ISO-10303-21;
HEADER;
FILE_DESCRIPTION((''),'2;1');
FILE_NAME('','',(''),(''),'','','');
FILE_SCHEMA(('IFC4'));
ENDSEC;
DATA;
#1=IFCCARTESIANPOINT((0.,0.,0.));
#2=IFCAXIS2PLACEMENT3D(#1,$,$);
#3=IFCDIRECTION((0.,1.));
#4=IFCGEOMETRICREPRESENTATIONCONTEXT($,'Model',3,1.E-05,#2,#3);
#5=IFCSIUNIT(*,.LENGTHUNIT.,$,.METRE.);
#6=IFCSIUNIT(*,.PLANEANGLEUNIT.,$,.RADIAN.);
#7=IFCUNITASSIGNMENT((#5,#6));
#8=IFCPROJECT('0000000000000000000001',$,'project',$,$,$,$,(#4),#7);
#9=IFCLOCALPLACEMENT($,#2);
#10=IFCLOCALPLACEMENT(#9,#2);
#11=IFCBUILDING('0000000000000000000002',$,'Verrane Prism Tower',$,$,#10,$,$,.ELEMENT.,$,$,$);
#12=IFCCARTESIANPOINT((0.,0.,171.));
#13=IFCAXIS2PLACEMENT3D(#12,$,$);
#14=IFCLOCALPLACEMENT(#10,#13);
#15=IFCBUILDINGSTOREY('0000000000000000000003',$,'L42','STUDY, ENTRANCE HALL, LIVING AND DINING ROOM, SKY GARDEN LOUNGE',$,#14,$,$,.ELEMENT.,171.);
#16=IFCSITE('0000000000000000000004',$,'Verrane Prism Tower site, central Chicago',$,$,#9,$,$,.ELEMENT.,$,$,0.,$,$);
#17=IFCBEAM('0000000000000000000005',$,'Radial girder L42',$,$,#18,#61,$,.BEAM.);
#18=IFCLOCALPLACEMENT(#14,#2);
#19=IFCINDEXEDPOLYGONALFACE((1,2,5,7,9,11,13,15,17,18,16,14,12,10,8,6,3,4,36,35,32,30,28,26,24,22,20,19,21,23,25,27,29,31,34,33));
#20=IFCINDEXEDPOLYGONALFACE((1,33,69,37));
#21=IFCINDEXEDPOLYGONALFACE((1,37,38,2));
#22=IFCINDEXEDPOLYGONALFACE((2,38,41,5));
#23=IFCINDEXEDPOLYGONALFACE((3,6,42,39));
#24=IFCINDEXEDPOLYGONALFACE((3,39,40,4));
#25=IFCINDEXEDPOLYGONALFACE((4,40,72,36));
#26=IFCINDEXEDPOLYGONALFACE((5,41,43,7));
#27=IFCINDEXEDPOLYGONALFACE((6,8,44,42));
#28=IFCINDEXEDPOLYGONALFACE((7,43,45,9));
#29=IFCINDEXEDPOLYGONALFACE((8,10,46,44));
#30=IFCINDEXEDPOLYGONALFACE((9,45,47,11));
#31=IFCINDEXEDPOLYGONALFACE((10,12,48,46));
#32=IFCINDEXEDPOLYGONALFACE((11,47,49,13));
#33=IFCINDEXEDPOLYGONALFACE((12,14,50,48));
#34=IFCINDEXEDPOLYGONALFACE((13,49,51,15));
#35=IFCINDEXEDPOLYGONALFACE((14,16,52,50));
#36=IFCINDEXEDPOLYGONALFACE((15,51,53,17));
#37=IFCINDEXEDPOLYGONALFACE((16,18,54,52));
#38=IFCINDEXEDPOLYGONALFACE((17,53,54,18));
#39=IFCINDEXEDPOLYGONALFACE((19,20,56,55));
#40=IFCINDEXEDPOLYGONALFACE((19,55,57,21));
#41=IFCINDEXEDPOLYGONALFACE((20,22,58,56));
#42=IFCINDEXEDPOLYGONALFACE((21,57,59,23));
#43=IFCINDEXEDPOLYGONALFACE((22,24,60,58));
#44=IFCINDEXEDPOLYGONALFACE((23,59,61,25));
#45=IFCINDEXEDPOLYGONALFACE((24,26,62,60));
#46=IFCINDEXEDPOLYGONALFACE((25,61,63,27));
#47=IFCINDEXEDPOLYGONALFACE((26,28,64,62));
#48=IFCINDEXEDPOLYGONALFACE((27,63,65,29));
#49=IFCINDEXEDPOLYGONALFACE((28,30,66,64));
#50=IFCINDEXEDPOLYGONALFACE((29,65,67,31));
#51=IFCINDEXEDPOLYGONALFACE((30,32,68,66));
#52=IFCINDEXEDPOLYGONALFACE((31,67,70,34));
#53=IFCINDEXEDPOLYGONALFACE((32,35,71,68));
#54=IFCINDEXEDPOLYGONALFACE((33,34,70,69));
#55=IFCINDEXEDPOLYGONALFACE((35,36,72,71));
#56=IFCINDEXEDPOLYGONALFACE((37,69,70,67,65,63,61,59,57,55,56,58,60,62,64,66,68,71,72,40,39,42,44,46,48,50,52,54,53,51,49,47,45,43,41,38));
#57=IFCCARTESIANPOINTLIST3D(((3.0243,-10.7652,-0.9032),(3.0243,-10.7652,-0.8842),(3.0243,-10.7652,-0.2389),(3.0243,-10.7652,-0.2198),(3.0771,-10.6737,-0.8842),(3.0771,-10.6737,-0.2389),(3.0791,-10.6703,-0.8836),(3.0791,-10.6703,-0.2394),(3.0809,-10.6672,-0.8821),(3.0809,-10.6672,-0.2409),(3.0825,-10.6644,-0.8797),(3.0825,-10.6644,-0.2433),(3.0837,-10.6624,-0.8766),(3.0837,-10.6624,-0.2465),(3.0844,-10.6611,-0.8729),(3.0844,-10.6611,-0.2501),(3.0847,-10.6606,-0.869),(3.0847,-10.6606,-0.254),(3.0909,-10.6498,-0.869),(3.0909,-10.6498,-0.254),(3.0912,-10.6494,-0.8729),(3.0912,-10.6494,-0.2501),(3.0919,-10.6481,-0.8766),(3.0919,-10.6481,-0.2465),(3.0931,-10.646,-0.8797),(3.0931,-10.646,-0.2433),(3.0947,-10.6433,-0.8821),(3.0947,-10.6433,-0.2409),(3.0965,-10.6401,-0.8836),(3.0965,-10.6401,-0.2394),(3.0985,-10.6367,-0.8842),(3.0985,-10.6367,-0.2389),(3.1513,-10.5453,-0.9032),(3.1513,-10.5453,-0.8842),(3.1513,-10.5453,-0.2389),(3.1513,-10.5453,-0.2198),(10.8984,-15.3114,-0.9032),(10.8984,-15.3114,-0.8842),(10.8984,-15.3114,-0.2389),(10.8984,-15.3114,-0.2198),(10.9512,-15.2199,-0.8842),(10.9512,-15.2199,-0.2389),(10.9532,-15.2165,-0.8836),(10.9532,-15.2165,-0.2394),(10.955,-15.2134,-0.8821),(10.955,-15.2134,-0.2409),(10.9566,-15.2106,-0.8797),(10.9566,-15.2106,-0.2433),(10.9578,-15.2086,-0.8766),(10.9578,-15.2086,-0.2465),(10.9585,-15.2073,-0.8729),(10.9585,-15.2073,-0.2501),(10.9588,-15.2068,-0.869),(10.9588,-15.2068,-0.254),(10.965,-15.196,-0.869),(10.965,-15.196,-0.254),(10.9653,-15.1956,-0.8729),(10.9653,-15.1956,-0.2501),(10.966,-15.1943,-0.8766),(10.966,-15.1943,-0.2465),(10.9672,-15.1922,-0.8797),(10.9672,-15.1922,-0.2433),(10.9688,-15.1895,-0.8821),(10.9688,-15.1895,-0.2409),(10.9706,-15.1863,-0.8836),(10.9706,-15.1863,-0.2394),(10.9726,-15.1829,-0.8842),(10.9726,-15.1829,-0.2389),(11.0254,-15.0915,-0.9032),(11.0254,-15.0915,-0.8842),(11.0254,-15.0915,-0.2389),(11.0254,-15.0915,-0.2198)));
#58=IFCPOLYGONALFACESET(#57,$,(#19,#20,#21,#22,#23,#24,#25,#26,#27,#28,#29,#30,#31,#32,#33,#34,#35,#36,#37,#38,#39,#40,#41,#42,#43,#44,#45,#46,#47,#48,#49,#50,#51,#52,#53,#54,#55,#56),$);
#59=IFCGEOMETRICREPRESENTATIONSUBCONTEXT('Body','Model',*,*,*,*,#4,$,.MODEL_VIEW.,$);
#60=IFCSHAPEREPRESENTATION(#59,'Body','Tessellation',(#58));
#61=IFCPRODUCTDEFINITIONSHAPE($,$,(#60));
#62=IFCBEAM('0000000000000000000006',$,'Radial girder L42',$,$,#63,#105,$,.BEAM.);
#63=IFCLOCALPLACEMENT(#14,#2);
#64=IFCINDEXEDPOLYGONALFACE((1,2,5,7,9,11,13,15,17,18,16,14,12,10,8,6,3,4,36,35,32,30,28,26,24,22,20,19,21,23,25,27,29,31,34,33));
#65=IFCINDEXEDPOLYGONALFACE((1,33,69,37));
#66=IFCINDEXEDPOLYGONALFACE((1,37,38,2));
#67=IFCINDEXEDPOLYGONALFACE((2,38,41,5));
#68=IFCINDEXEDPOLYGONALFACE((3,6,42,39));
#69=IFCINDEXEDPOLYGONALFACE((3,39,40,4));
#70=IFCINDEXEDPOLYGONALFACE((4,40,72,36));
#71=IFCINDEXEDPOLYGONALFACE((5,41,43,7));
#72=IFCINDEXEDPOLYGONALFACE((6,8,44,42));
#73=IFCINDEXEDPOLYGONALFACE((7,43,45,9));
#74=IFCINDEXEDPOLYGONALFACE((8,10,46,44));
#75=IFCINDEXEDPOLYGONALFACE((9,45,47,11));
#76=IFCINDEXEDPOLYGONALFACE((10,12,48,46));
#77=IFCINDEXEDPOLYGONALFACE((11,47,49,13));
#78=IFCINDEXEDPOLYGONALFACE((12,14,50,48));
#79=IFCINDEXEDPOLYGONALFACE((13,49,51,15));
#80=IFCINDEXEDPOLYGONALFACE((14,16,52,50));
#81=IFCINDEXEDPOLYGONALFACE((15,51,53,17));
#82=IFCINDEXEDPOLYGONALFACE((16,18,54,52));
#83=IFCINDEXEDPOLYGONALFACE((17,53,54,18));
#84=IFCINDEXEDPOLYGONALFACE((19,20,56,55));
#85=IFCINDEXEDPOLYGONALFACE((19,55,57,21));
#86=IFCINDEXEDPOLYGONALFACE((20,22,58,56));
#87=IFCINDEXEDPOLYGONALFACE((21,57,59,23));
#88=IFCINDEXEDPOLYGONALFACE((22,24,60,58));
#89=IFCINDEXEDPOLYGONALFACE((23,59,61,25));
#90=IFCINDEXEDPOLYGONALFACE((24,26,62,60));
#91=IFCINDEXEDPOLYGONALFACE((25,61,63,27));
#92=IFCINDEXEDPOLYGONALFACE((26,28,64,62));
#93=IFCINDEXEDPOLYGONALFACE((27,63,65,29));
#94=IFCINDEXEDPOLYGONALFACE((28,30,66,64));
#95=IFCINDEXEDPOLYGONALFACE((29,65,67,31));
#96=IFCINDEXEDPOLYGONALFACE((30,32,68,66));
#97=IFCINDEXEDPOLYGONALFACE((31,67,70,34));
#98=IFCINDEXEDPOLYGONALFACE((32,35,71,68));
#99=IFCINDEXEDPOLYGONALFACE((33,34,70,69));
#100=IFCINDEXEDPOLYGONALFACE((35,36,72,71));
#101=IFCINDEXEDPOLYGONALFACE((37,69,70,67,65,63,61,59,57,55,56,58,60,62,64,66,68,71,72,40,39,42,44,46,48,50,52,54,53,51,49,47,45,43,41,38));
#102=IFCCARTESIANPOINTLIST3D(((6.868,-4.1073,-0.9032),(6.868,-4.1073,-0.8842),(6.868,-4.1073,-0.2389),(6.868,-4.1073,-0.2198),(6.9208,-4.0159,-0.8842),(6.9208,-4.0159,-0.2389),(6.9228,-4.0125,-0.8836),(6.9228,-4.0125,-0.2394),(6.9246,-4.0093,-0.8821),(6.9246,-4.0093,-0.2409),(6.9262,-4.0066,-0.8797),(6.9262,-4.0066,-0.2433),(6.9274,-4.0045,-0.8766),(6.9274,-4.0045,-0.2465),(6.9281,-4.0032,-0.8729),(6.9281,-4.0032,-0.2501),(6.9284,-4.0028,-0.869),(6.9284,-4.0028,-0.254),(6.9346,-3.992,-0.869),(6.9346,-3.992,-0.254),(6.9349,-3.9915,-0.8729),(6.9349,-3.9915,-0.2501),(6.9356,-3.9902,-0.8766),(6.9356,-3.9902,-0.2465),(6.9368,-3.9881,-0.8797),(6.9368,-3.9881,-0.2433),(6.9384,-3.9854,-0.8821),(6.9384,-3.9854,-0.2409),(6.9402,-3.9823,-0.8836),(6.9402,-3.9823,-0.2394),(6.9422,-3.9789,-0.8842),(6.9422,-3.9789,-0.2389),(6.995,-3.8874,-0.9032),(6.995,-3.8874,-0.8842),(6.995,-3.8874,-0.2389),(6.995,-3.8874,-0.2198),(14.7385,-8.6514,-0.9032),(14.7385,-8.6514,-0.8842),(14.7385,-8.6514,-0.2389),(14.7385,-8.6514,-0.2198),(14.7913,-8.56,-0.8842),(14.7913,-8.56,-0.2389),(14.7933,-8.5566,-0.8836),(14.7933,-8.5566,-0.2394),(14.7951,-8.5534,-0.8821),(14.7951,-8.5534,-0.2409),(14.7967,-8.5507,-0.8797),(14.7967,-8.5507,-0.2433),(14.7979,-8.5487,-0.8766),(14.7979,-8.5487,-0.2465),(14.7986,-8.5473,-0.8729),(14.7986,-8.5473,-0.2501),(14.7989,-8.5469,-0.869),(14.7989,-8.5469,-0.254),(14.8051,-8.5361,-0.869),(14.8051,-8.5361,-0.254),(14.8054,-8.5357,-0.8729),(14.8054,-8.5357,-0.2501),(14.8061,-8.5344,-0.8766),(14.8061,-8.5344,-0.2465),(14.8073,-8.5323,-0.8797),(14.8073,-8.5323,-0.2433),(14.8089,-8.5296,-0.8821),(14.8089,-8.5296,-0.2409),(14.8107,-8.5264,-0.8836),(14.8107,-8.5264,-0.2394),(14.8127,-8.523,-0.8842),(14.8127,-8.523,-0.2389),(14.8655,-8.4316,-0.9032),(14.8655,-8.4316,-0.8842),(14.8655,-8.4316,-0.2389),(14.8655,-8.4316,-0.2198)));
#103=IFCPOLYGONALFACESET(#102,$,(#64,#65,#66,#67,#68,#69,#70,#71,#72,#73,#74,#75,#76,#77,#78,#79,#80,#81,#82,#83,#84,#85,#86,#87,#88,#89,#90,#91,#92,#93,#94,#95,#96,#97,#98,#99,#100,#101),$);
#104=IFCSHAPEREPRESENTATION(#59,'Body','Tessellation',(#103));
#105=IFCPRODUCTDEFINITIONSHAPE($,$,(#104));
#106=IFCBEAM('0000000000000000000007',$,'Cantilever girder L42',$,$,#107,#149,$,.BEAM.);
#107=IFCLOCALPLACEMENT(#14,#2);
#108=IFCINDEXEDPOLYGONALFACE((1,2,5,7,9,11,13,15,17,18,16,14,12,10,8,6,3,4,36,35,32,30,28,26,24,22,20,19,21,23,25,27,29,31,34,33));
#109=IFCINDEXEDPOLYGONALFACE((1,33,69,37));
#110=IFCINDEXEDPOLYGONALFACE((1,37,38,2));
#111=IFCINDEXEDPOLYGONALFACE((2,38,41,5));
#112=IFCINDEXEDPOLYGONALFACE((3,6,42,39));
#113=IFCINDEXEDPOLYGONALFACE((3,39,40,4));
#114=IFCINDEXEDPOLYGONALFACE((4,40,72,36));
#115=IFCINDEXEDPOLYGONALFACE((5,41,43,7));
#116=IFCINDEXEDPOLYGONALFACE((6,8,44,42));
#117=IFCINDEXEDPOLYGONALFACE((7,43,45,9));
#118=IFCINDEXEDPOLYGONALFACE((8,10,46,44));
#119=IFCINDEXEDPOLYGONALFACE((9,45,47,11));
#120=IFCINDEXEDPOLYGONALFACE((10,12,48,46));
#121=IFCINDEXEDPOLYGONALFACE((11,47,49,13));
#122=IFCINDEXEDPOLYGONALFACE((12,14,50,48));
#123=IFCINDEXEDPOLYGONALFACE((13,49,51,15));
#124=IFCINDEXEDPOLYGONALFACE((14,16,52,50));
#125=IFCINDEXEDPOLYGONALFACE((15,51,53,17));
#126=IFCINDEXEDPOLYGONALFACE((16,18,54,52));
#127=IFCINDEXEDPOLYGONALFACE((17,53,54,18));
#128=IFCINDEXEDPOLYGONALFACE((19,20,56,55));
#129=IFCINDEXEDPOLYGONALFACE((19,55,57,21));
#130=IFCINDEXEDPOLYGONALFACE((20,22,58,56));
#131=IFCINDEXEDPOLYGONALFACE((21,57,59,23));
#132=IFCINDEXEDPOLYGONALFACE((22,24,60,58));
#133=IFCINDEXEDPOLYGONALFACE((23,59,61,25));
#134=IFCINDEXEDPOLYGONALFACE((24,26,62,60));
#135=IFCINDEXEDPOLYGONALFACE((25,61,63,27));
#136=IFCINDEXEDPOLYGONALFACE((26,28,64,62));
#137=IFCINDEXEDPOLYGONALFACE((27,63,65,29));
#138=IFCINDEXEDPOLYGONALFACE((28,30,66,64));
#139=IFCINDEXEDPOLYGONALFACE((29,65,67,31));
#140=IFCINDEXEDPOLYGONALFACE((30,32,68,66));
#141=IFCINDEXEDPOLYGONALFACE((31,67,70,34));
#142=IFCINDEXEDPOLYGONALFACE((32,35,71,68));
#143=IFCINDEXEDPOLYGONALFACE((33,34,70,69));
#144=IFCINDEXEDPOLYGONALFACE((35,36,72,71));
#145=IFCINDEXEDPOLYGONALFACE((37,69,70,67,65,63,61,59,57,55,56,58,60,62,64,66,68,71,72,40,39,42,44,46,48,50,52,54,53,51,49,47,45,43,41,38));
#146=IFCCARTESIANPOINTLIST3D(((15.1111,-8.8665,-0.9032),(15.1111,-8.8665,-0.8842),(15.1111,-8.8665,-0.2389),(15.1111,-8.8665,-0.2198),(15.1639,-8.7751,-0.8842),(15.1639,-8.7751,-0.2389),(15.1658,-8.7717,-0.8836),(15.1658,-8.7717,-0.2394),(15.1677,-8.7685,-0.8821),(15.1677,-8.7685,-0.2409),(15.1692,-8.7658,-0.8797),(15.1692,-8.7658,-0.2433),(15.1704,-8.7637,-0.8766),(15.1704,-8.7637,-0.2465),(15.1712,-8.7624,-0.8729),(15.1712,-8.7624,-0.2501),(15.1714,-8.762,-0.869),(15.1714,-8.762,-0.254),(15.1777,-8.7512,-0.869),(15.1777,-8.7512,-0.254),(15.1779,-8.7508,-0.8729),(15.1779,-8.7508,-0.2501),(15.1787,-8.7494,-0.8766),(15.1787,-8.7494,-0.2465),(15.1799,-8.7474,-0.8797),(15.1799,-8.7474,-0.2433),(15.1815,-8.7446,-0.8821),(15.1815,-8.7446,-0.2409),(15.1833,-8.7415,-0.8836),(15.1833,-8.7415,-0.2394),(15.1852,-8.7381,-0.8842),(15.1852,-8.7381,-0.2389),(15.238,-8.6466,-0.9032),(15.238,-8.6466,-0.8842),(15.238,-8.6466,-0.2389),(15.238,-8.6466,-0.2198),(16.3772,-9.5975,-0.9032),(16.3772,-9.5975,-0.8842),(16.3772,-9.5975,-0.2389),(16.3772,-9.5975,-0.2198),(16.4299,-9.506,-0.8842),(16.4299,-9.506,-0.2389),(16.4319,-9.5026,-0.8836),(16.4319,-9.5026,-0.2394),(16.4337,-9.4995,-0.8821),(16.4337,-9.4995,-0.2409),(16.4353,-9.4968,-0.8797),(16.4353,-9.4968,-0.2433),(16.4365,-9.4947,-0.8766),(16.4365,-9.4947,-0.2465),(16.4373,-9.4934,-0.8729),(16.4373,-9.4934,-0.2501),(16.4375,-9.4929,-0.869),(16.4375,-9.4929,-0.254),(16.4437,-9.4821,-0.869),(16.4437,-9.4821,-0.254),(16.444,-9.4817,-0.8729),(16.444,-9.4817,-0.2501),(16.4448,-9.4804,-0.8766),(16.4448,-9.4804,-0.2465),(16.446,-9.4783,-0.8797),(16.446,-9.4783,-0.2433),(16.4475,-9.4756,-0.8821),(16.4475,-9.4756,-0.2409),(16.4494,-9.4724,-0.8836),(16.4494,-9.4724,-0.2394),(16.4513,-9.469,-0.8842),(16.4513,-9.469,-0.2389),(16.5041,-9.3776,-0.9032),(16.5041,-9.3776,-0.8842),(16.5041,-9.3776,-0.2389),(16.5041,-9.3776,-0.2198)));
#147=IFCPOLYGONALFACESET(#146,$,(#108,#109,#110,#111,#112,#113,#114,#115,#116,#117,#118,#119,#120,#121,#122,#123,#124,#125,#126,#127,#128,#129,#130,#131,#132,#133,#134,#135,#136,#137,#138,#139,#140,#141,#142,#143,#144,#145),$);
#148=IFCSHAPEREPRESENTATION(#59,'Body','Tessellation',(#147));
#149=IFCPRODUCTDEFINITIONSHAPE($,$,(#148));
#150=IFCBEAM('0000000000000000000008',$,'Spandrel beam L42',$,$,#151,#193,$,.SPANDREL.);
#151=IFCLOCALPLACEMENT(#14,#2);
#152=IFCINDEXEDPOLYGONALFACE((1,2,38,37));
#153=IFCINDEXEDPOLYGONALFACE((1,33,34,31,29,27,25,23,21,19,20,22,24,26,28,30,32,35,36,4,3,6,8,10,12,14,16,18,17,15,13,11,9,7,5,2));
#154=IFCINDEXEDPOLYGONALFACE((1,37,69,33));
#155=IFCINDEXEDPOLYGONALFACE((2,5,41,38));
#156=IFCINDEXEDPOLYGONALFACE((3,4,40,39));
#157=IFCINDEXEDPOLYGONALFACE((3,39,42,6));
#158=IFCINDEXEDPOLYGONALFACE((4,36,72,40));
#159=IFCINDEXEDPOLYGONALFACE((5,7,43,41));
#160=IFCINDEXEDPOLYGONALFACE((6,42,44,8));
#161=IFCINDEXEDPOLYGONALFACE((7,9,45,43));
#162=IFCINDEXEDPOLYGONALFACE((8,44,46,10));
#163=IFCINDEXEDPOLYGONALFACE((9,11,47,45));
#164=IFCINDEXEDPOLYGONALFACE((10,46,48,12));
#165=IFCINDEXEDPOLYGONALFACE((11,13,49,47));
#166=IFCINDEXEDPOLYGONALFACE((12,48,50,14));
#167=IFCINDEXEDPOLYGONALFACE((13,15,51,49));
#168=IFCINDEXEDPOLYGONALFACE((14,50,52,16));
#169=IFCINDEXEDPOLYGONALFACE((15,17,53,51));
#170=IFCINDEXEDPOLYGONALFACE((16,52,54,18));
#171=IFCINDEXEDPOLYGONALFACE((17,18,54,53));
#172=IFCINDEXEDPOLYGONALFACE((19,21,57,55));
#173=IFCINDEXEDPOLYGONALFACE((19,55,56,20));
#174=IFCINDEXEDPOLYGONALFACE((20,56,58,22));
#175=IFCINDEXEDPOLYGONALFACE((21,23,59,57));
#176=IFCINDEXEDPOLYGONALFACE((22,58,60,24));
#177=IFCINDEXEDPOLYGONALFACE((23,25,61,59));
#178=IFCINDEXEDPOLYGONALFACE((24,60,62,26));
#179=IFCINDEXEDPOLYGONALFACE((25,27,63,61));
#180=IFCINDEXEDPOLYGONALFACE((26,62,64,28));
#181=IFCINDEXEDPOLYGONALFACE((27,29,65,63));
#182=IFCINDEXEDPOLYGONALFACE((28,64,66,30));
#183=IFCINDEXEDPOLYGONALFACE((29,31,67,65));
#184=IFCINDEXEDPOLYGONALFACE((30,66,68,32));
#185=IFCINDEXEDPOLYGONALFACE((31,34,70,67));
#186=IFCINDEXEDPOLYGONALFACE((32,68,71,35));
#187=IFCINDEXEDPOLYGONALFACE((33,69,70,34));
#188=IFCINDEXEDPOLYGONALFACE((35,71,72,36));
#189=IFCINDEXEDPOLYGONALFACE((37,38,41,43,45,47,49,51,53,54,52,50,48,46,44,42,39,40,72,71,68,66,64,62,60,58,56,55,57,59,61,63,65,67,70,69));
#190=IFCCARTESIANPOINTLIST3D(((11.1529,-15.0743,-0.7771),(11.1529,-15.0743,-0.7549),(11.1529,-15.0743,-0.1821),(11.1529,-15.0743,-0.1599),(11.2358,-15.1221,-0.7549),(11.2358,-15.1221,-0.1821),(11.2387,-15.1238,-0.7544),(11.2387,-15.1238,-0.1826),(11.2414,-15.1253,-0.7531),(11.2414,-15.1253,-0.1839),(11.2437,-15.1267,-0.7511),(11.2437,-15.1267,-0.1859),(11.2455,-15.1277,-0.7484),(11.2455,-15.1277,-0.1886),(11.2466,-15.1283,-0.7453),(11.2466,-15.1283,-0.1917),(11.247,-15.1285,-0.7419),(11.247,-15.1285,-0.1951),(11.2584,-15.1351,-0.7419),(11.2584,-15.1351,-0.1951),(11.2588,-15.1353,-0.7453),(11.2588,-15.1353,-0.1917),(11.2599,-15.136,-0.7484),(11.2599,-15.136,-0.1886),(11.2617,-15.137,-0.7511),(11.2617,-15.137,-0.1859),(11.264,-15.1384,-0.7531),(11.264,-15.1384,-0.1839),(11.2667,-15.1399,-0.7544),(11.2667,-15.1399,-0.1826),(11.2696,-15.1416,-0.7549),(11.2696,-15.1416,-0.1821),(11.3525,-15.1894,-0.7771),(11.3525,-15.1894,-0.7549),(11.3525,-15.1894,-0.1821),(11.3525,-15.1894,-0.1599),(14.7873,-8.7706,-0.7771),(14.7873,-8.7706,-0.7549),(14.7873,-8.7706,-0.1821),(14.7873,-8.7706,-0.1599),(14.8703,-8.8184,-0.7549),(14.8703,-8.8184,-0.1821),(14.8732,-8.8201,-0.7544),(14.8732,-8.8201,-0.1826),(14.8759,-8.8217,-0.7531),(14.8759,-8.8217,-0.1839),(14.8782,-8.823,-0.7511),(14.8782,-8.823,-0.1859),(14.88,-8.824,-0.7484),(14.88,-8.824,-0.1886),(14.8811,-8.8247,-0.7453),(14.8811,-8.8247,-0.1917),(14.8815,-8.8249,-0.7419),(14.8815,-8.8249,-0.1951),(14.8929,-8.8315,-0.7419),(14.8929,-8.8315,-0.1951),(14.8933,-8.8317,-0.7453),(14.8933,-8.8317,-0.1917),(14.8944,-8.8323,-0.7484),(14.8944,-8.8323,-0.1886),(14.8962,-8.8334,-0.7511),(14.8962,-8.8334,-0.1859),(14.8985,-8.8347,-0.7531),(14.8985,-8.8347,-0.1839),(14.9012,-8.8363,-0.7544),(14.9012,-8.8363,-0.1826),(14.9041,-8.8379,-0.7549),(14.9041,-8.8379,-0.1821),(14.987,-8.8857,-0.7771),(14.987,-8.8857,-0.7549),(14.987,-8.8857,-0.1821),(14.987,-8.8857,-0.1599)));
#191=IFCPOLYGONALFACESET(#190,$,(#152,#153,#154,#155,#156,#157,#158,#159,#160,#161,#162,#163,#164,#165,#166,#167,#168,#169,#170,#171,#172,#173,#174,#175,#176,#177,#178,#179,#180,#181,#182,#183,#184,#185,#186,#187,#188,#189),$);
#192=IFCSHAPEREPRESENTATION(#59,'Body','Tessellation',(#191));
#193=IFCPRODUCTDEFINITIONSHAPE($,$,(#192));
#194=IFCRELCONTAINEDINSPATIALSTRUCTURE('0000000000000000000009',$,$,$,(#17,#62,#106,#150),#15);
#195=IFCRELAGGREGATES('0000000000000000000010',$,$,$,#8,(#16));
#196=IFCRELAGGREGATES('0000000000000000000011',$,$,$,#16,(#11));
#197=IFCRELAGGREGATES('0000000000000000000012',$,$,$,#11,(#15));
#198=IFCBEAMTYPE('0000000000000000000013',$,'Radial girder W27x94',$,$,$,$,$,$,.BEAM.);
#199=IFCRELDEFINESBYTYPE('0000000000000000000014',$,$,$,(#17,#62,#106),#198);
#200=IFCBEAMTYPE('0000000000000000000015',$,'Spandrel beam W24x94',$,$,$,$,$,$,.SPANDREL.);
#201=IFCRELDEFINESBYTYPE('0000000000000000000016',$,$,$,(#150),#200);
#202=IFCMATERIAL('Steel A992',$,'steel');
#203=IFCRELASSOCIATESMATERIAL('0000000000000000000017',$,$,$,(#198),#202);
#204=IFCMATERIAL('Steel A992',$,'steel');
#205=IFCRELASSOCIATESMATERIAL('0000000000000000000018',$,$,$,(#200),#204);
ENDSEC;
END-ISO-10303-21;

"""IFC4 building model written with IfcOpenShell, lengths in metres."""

from ifc_helpers import new_model, si_unit, direction, frame, origin, origin_2d, place, context, subcontext, project, spatial, i_section, extrude, material, material_profile, profile_set, type_object, element, save


model = new_model("IFC4")

# Units and contexts
model_context = context("Model", 3, precision=1e-05, world=origin(), true_north=direction((0.0, 1.0)))
body_context = subcontext(model_context, "Body", "Model", "MODEL_VIEW")
ifc_project = project(units=[si_unit("LENGTHUNIT", "METRE"), si_unit("PLANEANGLEUNIT", "RADIAN")], contexts=[model_context])

# Site, building, storey
site_placement = place(None, origin())
site = spatial("IfcSite", under=ifc_project, at=site_placement, Name="Verrane Prism Tower site, central Chicago", CompositionType="ELEMENT", RefElevation=0.0)
building_placement = place(site_placement, origin())
building = spatial("IfcBuilding", under=site, at=building_placement, Name="Verrane Prism Tower", CompositionType="ELEMENT")
storey_placement = place(building_placement, frame((0.0, 0.0, 171.0)))
storey = spatial("IfcBuildingStorey", under=building, at=storey_placement, Name="L42", Description="STUDY, ENTRANCE HALL, LIVING AND DINING ROOM, SKY GARDEN LOUNGE", CompositionType="ELEMENT", Elevation=171.0)

# Beams
ifc_material_1 = material(Name="Steel A992", Category="steel")
ifc_material_profile_1 = material_profile(ifc_material_1, i_section(OverallWidth=0.2539, OverallDepth=0.6833, WebThickness=0.0125, FlangeThickness=0.019, FilletRadius=0.0151, at=origin_2d()), Name="W27x94")
ifc_profile_set_1 = profile_set([ifc_material_profile_1], Name="Steel A992")
beam_type_1 = type_object("IfcBeamType", Name="Radial girder W27x94", PredefinedType="BEAM", material=ifc_profile_set_1)
beam_1_placement = place(storey_placement, frame((10.9619, -15.2014, -0.5615), z_axis=(-0.866022, 0.500006, 0.0), x_axis=(-0.500006, -0.866022, 0.0)))
element("IfcBeam", 1, at=beam_1_placement, inside=storey, type_object=beam_type_1, Name="Radial girder L42", PredefinedType="BEAM", context=body_context, shape_type="SweptSolid", body=[
    extrude(i_section(OverallWidth=0.2539, OverallDepth=0.6833, WebThickness=0.0125, FlangeThickness=0.019, FilletRadius=0.0151, at=origin_2d()), origin(), (0.0, 0.0, 1.0), 9.0923),
])
beam_2_placement = place(storey_placement, frame((14.802, -8.5415, -0.5615), z_axis=(-0.866021, 0.500008, 0.0), x_axis=(-0.500008, -0.866021, 0.0)))
element("IfcBeam", 2, at=beam_2_placement, inside=storey, type_object=beam_type_1, Name="Radial girder L42", PredefinedType="BEAM", context=body_context, shape_type="SweptSolid", body=[
    extrude(i_section(OverallWidth=0.2539, OverallDepth=0.6833, WebThickness=0.0125, FlangeThickness=0.019, FilletRadius=0.0151, at=origin_2d()), origin(), (0.0, 0.0, 1.0), 9.0881),
])
beam_3_placement = place(storey_placement, frame((15.1746, -8.7566, -0.5615), z_axis=(0.866035, -0.499983, 0.0), x_axis=(0.499983, 0.866035, 0.0)))
element("IfcBeam", 3, at=beam_3_placement, inside=storey, type_object=beam_type_1, Name="Cantilever girder L42", PredefinedType="BEAM", context=body_context, shape_type="SweptSolid", body=[
    extrude(i_section(OverallWidth=0.2539, OverallDepth=0.6833, WebThickness=0.0125, FlangeThickness=0.019, FilletRadius=0.0151, at=origin_2d()), origin(), (0.0, 0.0, 1.0), 1.4619),
])
ifc_material_2 = material(Name="Steel A992", Category="steel")
ifc_material_profile_2 = material_profile(ifc_material_2, i_section(OverallWidth=0.2305, OverallDepth=0.6172, WebThickness=0.0132, FlangeThickness=0.0222, FilletRadius=0.0129, at=origin_2d()), Name="W24x94")
ifc_profile_set_2 = profile_set([ifc_material_profile_2], Name="Steel A992")
beam_type_2 = type_object("IfcBeamType", Name="Spandrel beam W24x94", PredefinedType="SPANDREL", material=ifc_profile_set_2)
beam_4_placement = place(storey_placement, frame((11.2527, -15.1318, -0.4685), z_axis=(0.499492, 0.866318, 0.0), x_axis=(-0.866318, 0.499492, 0.0)))
element("IfcBeam", 4, at=beam_4_placement, inside=storey, type_object=beam_type_2, Name="Spandrel beam L42", PredefinedType="SPANDREL", context=body_context, shape_type="SweptSolid", body=[
    extrude(i_section(OverallWidth=0.2305, OverallDepth=0.6172, WebThickness=0.0132, FlangeThickness=0.0222, FilletRadius=0.0129, at=origin_2d()), origin(), (0.0, 0.0, 1.0), 7.2764),
])

save(model, "model.ifc")
